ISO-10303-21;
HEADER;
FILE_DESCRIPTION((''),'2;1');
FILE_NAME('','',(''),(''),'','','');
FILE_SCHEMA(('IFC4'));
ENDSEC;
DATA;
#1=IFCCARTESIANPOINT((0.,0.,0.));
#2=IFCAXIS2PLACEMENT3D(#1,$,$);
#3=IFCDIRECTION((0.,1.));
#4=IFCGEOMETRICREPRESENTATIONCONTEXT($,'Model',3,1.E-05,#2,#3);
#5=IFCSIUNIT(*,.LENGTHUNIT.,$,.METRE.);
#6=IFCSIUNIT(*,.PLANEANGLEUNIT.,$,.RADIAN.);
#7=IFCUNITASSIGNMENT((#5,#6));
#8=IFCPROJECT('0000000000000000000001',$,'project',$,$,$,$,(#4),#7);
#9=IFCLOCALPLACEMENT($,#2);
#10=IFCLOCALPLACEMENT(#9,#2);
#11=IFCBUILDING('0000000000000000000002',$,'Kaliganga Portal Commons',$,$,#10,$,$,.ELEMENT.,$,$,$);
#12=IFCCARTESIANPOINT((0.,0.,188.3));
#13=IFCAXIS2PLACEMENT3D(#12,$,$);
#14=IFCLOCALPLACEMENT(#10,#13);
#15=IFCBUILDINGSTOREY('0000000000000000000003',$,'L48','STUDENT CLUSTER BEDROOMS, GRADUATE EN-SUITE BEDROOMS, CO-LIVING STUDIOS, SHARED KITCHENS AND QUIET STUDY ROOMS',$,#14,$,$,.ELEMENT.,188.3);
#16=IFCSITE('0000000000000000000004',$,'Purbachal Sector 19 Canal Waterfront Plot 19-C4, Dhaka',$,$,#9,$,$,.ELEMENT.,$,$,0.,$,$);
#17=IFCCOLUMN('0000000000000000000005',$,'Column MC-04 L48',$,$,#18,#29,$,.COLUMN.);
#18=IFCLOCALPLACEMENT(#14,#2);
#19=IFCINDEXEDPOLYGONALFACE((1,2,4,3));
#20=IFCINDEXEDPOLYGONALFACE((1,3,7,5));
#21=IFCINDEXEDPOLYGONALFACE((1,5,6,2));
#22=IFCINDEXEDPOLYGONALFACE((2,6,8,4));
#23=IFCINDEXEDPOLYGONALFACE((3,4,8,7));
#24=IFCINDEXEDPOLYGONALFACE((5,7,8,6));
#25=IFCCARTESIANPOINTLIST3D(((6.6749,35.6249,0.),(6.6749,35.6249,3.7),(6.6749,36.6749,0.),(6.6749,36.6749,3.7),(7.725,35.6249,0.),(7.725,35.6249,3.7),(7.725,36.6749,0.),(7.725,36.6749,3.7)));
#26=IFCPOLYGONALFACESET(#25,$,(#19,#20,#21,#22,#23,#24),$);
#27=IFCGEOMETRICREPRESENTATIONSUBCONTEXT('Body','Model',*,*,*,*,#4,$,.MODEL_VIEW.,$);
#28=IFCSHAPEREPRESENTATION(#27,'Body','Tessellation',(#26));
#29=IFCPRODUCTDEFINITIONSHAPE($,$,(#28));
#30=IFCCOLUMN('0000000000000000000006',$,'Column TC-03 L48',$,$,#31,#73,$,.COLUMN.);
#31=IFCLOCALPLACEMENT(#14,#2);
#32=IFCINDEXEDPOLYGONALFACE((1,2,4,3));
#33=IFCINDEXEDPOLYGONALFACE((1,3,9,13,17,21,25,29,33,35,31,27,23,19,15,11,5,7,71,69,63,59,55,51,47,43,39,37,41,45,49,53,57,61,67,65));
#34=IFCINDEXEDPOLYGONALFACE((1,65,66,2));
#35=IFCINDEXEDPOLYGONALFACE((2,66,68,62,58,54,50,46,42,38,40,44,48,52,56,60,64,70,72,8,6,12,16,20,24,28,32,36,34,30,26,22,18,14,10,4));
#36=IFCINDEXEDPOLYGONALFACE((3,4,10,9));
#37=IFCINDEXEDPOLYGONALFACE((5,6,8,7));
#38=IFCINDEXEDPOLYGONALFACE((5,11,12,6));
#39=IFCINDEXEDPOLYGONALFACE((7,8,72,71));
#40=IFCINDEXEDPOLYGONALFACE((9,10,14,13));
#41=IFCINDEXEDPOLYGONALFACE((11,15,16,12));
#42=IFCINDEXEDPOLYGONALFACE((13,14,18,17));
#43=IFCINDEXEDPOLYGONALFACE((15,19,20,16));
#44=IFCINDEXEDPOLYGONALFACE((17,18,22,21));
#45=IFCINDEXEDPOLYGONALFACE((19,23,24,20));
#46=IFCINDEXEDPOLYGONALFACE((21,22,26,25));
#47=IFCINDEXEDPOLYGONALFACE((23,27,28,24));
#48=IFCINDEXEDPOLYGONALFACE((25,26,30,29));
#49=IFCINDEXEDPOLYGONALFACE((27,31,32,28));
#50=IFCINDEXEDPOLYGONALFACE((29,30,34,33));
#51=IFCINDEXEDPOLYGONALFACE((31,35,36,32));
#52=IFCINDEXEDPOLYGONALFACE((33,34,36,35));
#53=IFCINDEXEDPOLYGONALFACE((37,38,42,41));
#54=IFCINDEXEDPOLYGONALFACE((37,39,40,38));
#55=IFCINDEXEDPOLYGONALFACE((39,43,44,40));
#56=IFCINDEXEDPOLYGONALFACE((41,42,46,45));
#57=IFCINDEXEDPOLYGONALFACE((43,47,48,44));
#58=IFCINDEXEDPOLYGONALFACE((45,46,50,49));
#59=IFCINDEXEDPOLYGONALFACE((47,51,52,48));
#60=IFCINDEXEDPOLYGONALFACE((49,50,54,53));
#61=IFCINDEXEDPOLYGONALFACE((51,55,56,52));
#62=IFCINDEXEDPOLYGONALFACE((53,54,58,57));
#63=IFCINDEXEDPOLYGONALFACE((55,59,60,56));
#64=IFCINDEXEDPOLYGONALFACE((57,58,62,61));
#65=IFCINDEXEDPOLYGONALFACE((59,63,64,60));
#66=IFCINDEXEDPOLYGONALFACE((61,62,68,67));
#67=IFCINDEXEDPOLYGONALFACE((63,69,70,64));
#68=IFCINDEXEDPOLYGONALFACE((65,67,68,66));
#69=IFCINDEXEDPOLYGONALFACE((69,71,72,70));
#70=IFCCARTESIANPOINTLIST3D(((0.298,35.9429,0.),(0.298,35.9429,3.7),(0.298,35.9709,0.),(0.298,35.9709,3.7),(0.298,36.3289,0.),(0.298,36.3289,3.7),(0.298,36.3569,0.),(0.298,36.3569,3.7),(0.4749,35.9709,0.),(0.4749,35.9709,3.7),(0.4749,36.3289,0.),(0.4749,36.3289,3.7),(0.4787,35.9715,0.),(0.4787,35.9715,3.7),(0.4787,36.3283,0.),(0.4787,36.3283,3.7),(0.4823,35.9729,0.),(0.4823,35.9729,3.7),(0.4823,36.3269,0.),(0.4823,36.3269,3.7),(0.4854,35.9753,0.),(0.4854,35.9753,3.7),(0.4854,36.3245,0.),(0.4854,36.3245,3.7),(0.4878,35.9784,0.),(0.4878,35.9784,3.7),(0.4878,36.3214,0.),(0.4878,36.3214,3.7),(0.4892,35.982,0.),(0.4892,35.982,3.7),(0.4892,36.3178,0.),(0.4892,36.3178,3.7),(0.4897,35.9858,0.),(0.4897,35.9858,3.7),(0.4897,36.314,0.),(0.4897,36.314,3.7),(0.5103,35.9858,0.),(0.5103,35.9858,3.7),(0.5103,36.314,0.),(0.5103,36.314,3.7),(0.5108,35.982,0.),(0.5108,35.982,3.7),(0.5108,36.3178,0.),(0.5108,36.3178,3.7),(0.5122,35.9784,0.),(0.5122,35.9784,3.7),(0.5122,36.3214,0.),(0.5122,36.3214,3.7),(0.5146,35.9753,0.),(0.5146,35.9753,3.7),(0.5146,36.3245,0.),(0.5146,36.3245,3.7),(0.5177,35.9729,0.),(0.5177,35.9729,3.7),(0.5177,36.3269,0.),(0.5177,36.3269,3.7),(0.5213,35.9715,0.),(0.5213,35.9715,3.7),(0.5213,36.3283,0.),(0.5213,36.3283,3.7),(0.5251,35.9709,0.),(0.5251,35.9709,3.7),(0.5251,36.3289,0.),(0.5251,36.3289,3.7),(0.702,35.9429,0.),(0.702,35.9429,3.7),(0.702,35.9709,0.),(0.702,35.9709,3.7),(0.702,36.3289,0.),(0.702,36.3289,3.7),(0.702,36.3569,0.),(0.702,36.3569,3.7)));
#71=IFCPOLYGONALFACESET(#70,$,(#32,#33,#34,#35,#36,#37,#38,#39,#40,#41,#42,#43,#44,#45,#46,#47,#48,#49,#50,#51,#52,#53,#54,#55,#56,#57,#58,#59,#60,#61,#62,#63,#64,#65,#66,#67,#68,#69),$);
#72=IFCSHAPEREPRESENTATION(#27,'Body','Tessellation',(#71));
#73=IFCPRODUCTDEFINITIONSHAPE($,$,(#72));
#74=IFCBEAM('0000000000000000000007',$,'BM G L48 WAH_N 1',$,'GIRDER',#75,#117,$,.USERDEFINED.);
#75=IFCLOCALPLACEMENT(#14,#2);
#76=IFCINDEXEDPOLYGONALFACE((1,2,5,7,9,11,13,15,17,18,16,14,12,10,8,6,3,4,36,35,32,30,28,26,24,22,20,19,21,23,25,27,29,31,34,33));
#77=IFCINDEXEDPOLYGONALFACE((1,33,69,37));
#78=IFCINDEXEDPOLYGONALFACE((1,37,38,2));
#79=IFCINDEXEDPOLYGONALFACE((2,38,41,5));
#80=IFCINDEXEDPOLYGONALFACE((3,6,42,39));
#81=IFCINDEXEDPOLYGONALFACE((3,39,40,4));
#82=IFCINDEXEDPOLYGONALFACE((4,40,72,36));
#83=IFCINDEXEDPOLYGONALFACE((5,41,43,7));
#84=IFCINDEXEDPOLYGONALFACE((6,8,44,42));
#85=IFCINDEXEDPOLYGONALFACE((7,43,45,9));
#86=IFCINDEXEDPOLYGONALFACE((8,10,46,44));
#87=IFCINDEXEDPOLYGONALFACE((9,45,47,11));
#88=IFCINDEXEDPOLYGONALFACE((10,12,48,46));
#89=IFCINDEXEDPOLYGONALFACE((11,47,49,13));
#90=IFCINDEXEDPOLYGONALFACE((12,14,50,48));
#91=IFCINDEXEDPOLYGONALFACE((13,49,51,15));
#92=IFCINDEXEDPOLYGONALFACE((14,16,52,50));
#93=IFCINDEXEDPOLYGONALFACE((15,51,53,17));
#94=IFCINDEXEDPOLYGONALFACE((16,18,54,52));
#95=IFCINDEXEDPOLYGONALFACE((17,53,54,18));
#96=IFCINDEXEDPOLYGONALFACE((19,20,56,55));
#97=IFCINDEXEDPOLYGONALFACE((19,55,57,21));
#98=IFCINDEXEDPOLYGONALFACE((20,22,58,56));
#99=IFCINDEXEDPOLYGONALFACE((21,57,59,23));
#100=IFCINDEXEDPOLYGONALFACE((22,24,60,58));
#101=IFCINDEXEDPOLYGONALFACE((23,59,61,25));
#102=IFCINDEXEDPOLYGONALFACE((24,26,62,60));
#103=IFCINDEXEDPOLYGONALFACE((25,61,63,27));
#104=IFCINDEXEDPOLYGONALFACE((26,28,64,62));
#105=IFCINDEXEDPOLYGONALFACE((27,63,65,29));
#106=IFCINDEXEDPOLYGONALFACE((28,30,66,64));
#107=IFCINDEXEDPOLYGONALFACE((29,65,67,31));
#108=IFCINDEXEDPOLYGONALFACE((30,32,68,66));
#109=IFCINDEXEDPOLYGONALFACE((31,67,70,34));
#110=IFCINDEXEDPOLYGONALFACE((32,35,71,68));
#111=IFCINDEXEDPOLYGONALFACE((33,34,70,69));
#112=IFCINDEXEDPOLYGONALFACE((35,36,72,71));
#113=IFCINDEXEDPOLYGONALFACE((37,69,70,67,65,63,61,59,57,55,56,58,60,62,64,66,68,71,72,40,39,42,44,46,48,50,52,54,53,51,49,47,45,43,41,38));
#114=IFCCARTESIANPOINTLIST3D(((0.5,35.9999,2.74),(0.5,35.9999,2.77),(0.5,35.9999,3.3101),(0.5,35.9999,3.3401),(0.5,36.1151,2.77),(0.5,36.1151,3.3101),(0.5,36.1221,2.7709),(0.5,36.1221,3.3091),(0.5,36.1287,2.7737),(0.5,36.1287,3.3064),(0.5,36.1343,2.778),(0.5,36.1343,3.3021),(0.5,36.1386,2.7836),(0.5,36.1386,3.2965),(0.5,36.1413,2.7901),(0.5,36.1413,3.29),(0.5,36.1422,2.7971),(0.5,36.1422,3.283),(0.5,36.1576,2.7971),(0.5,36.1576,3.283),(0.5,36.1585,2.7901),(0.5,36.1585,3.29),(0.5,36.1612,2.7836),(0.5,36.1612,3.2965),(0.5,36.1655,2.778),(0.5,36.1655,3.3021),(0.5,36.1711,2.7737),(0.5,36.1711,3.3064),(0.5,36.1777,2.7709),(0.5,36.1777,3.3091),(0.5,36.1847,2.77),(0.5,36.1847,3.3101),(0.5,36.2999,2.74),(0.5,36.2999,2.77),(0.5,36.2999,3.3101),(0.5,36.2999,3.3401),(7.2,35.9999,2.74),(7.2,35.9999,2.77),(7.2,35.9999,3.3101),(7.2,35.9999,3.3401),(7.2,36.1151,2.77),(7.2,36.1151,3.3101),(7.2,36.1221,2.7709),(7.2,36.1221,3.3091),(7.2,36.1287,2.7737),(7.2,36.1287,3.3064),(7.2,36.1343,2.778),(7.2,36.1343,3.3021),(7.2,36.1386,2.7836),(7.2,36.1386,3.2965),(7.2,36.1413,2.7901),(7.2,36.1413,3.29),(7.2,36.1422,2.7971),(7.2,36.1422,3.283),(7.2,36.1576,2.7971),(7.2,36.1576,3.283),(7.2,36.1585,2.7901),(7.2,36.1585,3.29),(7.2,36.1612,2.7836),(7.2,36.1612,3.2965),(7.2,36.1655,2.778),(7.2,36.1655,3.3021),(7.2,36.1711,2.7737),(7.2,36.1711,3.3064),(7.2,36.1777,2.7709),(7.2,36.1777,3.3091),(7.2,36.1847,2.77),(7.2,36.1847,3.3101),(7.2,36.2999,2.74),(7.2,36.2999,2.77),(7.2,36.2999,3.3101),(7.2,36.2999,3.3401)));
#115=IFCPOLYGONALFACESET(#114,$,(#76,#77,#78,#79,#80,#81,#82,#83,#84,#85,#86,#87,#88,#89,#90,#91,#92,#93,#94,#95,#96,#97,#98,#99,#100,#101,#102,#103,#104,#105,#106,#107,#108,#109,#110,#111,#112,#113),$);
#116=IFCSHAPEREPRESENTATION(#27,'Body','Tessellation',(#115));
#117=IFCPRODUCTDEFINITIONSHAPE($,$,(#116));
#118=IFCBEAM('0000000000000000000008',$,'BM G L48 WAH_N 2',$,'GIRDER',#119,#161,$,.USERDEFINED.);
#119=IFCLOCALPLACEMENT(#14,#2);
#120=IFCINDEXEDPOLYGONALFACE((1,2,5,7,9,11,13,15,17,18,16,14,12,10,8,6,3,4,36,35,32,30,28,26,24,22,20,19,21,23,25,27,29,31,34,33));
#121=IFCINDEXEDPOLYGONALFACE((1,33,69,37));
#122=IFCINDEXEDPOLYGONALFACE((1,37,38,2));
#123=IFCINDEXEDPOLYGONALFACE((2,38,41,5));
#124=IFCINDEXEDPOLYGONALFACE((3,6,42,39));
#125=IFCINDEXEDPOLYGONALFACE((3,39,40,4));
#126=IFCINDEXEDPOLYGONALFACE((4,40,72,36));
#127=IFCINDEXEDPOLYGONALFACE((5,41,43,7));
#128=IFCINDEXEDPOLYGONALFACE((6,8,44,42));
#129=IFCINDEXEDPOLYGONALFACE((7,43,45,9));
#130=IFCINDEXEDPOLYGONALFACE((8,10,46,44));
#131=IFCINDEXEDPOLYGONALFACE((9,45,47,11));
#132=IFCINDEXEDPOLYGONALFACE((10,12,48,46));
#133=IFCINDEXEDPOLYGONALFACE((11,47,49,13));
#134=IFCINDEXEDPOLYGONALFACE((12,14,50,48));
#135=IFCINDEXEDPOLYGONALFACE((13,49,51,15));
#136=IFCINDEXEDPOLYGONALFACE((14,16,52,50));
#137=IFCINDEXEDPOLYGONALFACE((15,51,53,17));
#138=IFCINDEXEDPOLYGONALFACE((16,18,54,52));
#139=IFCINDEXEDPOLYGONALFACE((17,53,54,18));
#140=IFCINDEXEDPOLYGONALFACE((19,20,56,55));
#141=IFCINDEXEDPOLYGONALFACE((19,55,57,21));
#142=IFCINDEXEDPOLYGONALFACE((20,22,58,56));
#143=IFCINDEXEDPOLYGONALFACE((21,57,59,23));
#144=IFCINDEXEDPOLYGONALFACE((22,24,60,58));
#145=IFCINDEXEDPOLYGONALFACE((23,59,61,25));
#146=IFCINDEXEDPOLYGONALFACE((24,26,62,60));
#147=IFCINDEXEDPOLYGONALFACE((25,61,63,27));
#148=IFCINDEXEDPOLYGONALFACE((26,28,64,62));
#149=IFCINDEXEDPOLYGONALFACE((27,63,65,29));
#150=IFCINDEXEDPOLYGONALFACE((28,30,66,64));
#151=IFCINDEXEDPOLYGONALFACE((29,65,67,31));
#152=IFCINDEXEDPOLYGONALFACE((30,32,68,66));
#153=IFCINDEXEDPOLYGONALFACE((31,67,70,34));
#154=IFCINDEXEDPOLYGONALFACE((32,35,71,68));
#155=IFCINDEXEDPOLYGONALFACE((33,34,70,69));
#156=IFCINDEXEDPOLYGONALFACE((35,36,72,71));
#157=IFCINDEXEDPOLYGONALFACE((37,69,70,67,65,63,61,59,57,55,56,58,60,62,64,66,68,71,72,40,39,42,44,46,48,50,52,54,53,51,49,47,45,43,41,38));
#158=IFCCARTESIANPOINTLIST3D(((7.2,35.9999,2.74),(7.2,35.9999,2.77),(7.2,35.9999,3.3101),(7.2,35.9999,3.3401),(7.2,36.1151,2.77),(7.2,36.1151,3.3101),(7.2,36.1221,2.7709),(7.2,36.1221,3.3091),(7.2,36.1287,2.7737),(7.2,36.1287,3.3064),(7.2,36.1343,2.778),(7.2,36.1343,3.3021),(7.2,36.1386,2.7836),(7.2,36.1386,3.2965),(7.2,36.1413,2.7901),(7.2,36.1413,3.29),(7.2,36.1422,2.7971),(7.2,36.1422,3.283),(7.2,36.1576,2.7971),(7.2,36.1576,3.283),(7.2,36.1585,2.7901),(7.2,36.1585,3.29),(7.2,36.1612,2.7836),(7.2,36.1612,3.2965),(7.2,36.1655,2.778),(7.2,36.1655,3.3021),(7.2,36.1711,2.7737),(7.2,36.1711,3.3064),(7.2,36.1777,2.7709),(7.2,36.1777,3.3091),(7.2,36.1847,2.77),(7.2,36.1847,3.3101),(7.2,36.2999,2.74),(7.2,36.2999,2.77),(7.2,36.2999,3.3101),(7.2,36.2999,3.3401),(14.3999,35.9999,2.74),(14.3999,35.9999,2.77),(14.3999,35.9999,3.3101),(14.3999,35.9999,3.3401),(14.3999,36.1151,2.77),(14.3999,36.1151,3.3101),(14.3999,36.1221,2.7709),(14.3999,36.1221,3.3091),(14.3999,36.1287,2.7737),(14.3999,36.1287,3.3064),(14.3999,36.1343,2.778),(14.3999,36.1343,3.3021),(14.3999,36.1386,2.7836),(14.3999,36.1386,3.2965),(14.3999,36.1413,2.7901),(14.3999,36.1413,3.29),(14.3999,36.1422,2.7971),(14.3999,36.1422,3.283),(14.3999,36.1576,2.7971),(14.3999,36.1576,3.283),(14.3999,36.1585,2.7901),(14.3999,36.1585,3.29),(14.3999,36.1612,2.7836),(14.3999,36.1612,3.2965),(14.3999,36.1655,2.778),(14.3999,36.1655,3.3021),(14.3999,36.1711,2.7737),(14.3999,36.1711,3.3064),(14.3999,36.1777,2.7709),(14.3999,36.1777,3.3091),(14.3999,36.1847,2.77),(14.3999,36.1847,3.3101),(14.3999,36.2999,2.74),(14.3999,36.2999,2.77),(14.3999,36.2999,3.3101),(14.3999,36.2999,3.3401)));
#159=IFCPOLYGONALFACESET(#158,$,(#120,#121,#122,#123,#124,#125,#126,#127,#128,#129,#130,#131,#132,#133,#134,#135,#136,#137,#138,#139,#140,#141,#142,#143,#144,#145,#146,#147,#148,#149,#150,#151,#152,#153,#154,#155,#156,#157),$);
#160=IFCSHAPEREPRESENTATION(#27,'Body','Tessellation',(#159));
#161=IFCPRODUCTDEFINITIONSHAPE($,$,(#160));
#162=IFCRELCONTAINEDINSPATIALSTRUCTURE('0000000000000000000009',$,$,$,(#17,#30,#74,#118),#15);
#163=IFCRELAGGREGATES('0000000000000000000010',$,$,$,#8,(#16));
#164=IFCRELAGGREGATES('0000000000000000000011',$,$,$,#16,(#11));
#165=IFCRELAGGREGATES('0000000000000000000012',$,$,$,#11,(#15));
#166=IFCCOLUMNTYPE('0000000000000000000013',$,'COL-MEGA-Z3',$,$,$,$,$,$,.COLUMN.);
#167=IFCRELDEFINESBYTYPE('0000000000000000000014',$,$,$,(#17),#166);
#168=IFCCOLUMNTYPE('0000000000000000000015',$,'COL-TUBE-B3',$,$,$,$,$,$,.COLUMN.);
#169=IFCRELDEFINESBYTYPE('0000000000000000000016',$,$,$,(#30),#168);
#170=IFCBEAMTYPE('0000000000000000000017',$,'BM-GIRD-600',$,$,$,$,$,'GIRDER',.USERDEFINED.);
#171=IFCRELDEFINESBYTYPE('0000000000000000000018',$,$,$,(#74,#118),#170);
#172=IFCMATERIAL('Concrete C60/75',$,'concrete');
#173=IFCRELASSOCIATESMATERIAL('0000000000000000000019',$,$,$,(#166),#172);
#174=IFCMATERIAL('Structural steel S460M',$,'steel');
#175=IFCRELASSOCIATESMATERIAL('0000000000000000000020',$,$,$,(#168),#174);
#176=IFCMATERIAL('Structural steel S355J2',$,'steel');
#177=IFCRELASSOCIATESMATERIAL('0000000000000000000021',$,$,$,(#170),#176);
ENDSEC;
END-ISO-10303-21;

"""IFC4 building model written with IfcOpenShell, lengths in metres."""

from ifc_helpers import new_model, si_unit, direction, frame, origin, origin_2d, place, context, subcontext, project, spatial, rectangle, i_section, extrude, source, transform, mapped, material, material_profile, profile_set, type_object, element, save


model = new_model("IFC4")

# Units and contexts
model_context = context("Model", 3, precision=1e-05, world=origin(), true_north=direction((0.0, 1.0)))
body_context = subcontext(model_context, "Body", "Model", "MODEL_VIEW")
ifc_project = project(units=[si_unit("LENGTHUNIT", "METRE"), si_unit("PLANEANGLEUNIT", "RADIAN")], contexts=[model_context])

# Site, building, storey
site_placement = place(None, origin())
site = spatial("IfcSite", under=ifc_project, at=site_placement, Name="Purbachal Sector 19 Canal Waterfront Plot 19-C4, Dhaka", CompositionType="ELEMENT", RefElevation=0.0)
building_placement = place(site_placement, origin())
building = spatial("IfcBuilding", under=site, at=building_placement, Name="Kaliganga Portal Commons", CompositionType="ELEMENT")
storey_placement = place(building_placement, frame((0.0, 0.0, 188.3)))
storey = spatial("IfcBuildingStorey", under=building, at=storey_placement, Name="L48", Description="STUDENT CLUSTER BEDROOMS, GRADUATE EN-SUITE BEDROOMS, CO-LIVING STUDIOS, SHARED KITCHENS AND QUIET STUDY ROOMS", CompositionType="ELEMENT", Elevation=188.3)

# Columns
ifc_material_1 = material(Name="Concrete C60/75", Category="concrete")
ifc_material_profile_1 = material_profile(ifc_material_1, rectangle(XDim=1.05, YDim=1.05, at=origin_2d()), Name="RC 1050x1050")
ifc_profile_set_1 = profile_set([ifc_material_profile_1], Name="Concrete C60/75")
column_type_1 = type_object("IfcColumnType", Name="COL-MEGA-Z3", PredefinedType="COLUMN", material=ifc_profile_set_1)
shared_shape_1 = source(origin(), body_context, "Body", "SweptSolid", [
    extrude(rectangle(XDim=1.05, YDim=1.05, at=origin_2d()), origin(), (0.0, 0.0, 1.0), 3.7),
])
column_1_placement = place(storey_placement, frame((7.2, 36.1499, 0.0), z_axis=(0.0, 0.0, 1.0), x_axis=(1.0, 0.0, 0.0)))
element("IfcColumn", 1, at=column_1_placement, inside=storey, type_object=column_type_1, Name="Column MC-04 L48", PredefinedType="COLUMN", context=body_context, shape_type="MappedRepresentation", body=[
    mapped(shared_shape_1, transform((0.0, 0.0, 0.0), x_axis=(1.0, 0.0, 0.0), y_axis=(0.0, 1.0, 0.0), z_axis=(0.0, 0.0, 1.0), scale=1.0)),
])
ifc_material_2 = material(Name="Structural steel S460M", Category="steel")
ifc_material_profile_2 = material_profile(ifc_material_2, i_section(OverallWidth=0.4041, OverallDepth=0.4141, WebThickness=0.0205, FlangeThickness=0.0281, FilletRadius=0.0149, at=origin_2d()), Name="HD 400x347")
ifc_profile_set_2 = profile_set([ifc_material_profile_2], Name="Structural steel S460M wide-flange")
column_type_2 = type_object("IfcColumnType", Name="COL-TUBE-B3", PredefinedType="COLUMN", material=ifc_profile_set_2)
shared_shape_2 = source(origin(), body_context, "Body", "SweptSolid", [
    extrude(i_section(OverallWidth=0.4041, OverallDepth=0.4141, WebThickness=0.0205, FlangeThickness=0.0281, FilletRadius=0.0149, at=origin_2d()), origin(), (0.0, 0.0, 1.0), 3.7),
])
column_2_placement = place(storey_placement, frame((0.5, 36.1499, 0.0), z_axis=(0.0, 0.0, 1.0), x_axis=(1.0, 0.0, 0.0)))
element("IfcColumn", 2, at=column_2_placement, inside=storey, type_object=column_type_2, Name="Column TC-03 L48", PredefinedType="COLUMN", context=body_context, shape_type="MappedRepresentation", body=[
    mapped(shared_shape_2, transform((0.0, 0.0, 0.0), x_axis=(1.0, 0.0, 0.0), y_axis=(0.0, 1.0, 0.0), z_axis=(0.0, 0.0, 1.0), scale=1.0)),
])

# Beams
ifc_material_3 = material(Name="Structural steel S355J2", Category="steel")
ifc_material_profile_3 = material_profile(ifc_material_3, i_section(OverallWidth=0.3, OverallDepth=0.6001, WebThickness=0.0154, FlangeThickness=0.03, FilletRadius=0.0271, at=origin_2d()), Name="HE 600 B")
ifc_profile_set_3 = profile_set([ifc_material_profile_3], Name="Structural steel S355J2 wide-flange")
beam_type = type_object("IfcBeamType", Name="BM-GIRD-600", ElementType="GIRDER", PredefinedType="USERDEFINED", material=ifc_profile_set_3)
shared_shape_3 = source(origin(), body_context, "Body", "SweptSolid", [
    extrude(i_section(OverallWidth=0.3, OverallDepth=0.6001, WebThickness=0.0154, FlangeThickness=0.03, FilletRadius=0.0271, at=origin_2d()), origin(), (0.0, 0.0, 1.0), 6.7),
])
beam_1_placement = place(storey_placement, frame((0.5, 36.1499, 3.04), z_axis=(1.0, 0.0, 0.0), x_axis=(0.0, 1.0, 0.0)))
element("IfcBeam", 3, at=beam_1_placement, inside=storey, type_object=beam_type, Name="BM G L48 WAH_N 1", ObjectType="GIRDER", PredefinedType="USERDEFINED", context=body_context, shape_type="MappedRepresentation", body=[
    mapped(shared_shape_3, transform((0.0, 0.0, 0.0), x_axis=(1.0, 0.0, 0.0), y_axis=(0.0, 1.0, 0.0), z_axis=(0.0, 0.0, 1.0), scale=1.0)),
])
shared_shape_4 = source(origin(), body_context, "Body", "SweptSolid", [
    extrude(i_section(OverallWidth=0.3, OverallDepth=0.6001, WebThickness=0.0154, FlangeThickness=0.03, FilletRadius=0.0271, at=origin_2d()), origin(), (0.0, 0.0, 1.0), 7.2),
])
beam_2_placement = place(storey_placement, frame((7.2, 36.1499, 3.04), z_axis=(1.0, 0.0, 0.0), x_axis=(0.0, 1.0, 0.0)))
element("IfcBeam", 4, at=beam_2_placement, inside=storey, type_object=beam_type, Name="BM G L48 WAH_N 2", ObjectType="GIRDER", PredefinedType="USERDEFINED", context=body_context, shape_type="MappedRepresentation", body=[
    mapped(shared_shape_4, transform((0.0, 0.0, 0.0), x_axis=(1.0, 0.0, 0.0), y_axis=(0.0, 1.0, 0.0), z_axis=(0.0, 0.0, 1.0), scale=1.0)),
])

save(model, "model.ifc")
